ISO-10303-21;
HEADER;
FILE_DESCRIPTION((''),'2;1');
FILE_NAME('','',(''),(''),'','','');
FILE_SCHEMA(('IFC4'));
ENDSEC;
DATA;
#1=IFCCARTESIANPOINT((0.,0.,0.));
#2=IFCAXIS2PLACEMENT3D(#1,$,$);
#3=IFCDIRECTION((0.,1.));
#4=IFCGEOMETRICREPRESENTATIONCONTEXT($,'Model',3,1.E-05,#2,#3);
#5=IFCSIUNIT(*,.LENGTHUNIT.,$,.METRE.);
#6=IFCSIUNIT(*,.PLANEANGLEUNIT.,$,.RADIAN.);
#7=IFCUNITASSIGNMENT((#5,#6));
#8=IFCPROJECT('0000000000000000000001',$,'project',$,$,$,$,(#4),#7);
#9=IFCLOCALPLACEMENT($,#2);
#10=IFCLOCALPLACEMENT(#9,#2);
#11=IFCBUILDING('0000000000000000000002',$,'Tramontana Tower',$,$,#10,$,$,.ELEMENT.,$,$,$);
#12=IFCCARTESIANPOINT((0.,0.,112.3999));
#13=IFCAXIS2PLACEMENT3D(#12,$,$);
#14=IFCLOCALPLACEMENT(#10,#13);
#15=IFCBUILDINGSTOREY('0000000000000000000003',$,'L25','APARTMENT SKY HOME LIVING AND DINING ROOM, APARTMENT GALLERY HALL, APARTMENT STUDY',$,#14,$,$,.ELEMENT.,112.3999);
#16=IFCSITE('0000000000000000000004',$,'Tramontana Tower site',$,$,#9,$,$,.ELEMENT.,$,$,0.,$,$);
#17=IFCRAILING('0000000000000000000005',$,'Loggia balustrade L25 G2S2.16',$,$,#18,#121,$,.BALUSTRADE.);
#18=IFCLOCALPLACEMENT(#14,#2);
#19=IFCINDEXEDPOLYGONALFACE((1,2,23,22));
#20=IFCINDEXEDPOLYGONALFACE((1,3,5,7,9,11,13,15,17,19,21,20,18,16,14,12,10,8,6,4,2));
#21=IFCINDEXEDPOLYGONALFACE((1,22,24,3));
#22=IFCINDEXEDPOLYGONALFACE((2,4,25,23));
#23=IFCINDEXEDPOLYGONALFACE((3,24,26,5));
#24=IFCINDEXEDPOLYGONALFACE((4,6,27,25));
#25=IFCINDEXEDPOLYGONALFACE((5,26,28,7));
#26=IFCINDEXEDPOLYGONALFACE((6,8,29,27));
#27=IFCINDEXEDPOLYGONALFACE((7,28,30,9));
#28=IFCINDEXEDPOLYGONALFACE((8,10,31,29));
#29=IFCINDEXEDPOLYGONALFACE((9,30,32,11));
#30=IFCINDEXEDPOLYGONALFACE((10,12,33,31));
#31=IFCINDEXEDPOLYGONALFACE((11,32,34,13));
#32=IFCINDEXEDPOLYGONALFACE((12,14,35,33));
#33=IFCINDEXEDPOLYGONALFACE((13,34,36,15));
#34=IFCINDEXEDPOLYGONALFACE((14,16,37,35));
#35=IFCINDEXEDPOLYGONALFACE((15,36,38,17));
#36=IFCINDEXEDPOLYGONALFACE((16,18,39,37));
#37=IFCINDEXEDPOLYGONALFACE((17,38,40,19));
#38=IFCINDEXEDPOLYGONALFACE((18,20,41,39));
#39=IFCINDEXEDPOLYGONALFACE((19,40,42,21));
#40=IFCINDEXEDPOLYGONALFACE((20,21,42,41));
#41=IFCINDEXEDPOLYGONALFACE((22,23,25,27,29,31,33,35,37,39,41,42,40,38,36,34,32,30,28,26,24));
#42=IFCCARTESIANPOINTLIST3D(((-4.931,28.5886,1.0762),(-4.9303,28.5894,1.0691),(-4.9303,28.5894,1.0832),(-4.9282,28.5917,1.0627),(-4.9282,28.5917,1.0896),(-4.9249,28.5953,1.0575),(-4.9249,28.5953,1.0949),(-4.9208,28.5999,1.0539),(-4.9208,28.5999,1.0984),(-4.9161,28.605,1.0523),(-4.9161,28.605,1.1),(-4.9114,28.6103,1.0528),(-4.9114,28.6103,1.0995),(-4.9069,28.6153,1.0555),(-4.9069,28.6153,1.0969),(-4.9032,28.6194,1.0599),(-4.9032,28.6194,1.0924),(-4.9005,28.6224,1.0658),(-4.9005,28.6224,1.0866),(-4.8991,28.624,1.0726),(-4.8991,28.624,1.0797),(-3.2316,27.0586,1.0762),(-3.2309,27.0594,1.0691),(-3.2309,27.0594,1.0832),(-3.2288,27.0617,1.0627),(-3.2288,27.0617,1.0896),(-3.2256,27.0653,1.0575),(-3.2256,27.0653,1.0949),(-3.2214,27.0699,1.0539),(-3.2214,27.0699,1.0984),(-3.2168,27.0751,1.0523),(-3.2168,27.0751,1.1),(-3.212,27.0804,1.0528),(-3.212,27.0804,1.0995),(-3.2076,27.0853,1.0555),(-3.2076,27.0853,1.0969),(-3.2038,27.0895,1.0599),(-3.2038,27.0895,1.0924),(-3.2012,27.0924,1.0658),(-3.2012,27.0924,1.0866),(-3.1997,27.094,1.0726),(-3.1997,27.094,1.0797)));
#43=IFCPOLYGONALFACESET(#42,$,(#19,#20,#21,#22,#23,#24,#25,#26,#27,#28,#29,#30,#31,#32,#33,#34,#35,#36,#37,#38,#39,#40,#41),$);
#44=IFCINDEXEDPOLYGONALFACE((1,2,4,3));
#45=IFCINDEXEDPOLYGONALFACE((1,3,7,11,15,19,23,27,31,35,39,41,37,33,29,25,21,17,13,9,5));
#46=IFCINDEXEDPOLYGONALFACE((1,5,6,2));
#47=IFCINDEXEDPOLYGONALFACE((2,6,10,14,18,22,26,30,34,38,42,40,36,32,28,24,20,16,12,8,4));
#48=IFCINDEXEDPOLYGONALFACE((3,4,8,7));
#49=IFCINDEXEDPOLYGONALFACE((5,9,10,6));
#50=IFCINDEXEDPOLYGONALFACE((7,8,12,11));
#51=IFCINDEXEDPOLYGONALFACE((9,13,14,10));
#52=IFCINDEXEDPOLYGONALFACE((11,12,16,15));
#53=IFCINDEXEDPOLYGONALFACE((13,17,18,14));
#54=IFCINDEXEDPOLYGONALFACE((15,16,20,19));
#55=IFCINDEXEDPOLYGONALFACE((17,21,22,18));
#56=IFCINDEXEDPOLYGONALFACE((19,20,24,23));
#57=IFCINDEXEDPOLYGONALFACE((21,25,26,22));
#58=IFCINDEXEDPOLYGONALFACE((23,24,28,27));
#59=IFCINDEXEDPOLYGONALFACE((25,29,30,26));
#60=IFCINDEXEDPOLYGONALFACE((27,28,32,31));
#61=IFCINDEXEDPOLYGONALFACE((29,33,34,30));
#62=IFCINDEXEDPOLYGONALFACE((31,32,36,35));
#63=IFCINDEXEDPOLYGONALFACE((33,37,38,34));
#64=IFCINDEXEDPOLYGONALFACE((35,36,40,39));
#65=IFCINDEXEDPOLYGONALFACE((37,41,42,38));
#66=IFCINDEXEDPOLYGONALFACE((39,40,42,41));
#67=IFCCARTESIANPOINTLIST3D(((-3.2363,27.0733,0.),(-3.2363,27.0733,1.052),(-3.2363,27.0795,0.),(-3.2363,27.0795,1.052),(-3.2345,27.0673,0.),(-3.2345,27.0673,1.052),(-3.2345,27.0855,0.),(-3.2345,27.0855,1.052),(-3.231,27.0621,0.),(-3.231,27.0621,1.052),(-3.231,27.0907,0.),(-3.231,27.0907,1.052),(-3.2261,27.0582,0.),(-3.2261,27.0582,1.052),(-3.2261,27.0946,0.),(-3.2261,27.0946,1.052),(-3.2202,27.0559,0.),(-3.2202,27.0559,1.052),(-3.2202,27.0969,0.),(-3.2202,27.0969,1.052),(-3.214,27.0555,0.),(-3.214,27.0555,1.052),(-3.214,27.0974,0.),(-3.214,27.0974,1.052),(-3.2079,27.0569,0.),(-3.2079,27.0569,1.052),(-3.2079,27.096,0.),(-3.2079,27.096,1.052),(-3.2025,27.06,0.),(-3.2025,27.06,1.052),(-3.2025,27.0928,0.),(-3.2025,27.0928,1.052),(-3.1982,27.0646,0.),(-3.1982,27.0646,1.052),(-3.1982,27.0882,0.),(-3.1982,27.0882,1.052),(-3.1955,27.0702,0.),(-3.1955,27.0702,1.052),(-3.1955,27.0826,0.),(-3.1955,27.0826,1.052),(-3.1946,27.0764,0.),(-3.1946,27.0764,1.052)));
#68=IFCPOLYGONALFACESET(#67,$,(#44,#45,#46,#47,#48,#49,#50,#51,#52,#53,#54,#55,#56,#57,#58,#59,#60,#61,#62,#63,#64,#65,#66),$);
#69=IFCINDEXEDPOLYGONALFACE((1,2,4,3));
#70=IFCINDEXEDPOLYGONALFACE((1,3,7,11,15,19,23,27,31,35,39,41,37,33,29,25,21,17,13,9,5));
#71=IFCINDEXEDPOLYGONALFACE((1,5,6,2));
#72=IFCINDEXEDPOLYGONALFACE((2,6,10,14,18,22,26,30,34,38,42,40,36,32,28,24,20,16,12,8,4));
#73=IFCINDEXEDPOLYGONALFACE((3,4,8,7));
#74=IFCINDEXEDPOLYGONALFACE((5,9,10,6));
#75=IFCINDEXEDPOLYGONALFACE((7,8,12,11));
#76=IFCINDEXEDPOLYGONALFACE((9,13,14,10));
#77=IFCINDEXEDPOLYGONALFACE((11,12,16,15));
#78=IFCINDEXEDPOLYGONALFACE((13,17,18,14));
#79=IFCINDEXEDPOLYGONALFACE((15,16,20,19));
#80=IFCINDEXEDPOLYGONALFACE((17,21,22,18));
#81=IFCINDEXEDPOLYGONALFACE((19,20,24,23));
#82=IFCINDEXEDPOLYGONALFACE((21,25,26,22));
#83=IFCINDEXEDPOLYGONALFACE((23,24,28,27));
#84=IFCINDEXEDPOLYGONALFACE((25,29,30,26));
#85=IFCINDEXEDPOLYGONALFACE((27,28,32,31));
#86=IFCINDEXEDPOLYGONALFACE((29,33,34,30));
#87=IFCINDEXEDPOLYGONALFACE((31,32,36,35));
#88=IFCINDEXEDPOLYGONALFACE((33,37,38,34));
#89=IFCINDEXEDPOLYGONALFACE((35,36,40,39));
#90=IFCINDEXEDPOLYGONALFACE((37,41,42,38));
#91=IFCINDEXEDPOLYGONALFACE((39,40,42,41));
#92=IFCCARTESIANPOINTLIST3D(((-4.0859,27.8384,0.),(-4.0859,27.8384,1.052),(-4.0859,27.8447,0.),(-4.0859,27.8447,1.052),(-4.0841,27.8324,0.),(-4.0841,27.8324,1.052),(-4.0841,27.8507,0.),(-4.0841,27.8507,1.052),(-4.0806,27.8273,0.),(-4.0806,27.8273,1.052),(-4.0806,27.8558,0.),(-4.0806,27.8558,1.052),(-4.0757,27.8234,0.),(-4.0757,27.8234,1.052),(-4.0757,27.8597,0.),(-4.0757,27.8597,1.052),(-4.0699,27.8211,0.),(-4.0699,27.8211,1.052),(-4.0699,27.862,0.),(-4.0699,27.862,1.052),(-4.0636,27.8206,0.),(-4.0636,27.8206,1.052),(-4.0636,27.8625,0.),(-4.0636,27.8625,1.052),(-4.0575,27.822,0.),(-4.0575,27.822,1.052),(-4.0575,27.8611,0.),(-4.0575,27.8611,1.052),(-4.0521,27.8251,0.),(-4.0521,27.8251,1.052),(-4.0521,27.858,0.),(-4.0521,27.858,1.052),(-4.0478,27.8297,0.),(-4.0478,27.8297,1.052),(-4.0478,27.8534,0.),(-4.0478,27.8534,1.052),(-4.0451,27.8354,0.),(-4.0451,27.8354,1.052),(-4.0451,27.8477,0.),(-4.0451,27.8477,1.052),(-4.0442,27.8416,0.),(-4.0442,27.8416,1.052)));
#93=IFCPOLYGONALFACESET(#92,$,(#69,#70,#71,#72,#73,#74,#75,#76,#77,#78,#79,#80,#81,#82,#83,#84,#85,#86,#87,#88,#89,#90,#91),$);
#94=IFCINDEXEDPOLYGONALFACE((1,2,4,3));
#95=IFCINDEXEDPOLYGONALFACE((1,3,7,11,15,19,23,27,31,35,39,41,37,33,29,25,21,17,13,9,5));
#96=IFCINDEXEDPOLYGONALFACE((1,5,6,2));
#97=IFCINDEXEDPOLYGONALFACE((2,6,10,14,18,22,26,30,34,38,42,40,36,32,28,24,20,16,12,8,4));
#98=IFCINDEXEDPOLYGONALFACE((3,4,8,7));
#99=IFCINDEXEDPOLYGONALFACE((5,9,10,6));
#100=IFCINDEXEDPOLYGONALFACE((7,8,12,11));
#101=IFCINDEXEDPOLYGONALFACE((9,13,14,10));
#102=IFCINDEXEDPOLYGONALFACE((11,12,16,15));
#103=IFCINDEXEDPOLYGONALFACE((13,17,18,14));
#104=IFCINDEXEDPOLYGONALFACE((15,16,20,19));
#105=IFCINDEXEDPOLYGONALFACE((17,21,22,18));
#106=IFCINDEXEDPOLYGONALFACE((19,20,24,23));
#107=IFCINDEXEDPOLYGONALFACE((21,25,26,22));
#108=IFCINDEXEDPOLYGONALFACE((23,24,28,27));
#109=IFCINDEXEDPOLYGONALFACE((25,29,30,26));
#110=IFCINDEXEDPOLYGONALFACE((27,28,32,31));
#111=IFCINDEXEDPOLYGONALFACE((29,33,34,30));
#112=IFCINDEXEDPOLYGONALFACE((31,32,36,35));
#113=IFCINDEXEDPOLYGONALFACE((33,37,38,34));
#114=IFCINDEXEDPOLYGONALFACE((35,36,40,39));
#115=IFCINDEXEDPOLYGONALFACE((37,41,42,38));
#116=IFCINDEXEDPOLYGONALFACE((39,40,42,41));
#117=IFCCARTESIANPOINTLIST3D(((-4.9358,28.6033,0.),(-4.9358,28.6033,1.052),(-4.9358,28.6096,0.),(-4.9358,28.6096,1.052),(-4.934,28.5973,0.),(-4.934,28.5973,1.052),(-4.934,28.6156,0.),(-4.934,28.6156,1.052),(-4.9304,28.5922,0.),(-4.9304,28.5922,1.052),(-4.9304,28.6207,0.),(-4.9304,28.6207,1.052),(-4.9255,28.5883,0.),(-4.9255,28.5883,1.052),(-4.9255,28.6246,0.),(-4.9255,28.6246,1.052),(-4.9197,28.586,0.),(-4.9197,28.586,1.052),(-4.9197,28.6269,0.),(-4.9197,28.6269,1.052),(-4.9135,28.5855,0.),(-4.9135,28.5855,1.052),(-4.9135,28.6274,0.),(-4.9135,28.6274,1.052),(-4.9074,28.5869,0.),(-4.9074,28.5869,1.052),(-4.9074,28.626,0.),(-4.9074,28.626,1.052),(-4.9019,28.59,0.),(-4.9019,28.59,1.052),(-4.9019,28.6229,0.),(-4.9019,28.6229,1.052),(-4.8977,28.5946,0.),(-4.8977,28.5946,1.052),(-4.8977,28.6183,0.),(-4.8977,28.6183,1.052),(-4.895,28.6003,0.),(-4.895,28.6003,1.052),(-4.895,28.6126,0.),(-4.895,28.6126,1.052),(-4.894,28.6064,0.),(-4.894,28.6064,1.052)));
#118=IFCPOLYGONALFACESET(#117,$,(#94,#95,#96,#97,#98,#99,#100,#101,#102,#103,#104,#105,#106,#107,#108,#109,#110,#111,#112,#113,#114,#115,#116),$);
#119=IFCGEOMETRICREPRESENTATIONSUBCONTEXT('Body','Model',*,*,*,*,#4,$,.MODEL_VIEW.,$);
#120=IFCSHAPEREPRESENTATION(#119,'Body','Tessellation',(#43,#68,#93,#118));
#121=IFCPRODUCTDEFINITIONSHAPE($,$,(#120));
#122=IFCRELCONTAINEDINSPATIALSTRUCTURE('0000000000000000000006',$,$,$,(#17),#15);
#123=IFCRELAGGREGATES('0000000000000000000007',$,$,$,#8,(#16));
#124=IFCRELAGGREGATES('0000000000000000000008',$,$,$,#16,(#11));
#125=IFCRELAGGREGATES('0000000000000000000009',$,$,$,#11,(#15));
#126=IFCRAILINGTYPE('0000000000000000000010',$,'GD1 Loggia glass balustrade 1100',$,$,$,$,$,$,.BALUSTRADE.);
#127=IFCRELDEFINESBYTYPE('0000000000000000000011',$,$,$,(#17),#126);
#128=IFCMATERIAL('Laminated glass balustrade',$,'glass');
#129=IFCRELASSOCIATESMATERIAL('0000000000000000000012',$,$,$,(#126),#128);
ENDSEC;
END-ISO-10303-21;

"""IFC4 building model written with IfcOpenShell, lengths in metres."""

from ifc_helpers import new_model, si_unit, direction, frame, origin, origin_2d, place, context, subcontext, project, spatial, circle, extrude, material, type_object, element, save


model = new_model("IFC4")

# Units and contexts
model_context = context("Model", 3, precision=1e-05, world=origin(), true_north=direction((0.0, 1.0)))
body_context = subcontext(model_context, "Body", "Model", "MODEL_VIEW")
ifc_project = project(units=[si_unit("LENGTHUNIT", "METRE"), si_unit("PLANEANGLEUNIT", "RADIAN")], contexts=[model_context])

# Site, building, storey
site_placement = place(None, origin())
site = spatial("IfcSite", under=ifc_project, at=site_placement, Name="Tramontana Tower site", CompositionType="ELEMENT", RefElevation=0.0)
building_placement = place(site_placement, origin())
building = spatial("IfcBuilding", under=site, at=building_placement, Name="Tramontana Tower", CompositionType="ELEMENT")
storey_placement = place(building_placement, frame((0.0, 0.0, 112.3999)))
storey = spatial("IfcBuildingStorey", under=building, at=storey_placement, Name="L25", Description="APARTMENT SKY HOME LIVING AND DINING ROOM, APARTMENT GALLERY HALL, APARTMENT STUDY", CompositionType="ELEMENT", Elevation=112.3999)

# Railing
ifc_material_1 = material(Name="Laminated glass balustrade", Category="glass")
railing_type = type_object("IfcRailingType", Name="GD1 Loggia glass balustrade 1100", PredefinedType="BALUSTRADE", material=ifc_material_1)
railing_1_placement = place(storey_placement, frame((-3.2156, 27.0764, 0.0)))
element("IfcRailing", 1, at=railing_1_placement, inside=storey, type_object=railing_type, Name="Loggia balustrade L25 G2S2.16", PredefinedType="BALUSTRADE", context=body_context, shape_type="SweptSolid", body=[
    extrude(circle(Radius=0.0239, at=origin_2d()), frame((0.0, 0.0, 1.0762), z_axis=(-0.743183, 0.669089, 0.0), x_axis=(-0.669089, -0.743183, 0.0)), (0.0, 0.0, 1.0), 2.2866),
    extrude(circle(Radius=0.021, at=origin_2d()), origin(), (0.0, 0.0, 1.0), 1.052),
    extrude(circle(Radius=0.021, at=origin_2d()), frame((-0.8496, 0.7651, 0.0)), (0.0, 0.0, 1.0), 1.052),
    extrude(circle(Radius=0.021, at=origin_2d()), frame((-1.6995, 1.53, 0.0)), (0.0, 0.0, 1.0), 1.052),
])

save(model, "model.ifc")
